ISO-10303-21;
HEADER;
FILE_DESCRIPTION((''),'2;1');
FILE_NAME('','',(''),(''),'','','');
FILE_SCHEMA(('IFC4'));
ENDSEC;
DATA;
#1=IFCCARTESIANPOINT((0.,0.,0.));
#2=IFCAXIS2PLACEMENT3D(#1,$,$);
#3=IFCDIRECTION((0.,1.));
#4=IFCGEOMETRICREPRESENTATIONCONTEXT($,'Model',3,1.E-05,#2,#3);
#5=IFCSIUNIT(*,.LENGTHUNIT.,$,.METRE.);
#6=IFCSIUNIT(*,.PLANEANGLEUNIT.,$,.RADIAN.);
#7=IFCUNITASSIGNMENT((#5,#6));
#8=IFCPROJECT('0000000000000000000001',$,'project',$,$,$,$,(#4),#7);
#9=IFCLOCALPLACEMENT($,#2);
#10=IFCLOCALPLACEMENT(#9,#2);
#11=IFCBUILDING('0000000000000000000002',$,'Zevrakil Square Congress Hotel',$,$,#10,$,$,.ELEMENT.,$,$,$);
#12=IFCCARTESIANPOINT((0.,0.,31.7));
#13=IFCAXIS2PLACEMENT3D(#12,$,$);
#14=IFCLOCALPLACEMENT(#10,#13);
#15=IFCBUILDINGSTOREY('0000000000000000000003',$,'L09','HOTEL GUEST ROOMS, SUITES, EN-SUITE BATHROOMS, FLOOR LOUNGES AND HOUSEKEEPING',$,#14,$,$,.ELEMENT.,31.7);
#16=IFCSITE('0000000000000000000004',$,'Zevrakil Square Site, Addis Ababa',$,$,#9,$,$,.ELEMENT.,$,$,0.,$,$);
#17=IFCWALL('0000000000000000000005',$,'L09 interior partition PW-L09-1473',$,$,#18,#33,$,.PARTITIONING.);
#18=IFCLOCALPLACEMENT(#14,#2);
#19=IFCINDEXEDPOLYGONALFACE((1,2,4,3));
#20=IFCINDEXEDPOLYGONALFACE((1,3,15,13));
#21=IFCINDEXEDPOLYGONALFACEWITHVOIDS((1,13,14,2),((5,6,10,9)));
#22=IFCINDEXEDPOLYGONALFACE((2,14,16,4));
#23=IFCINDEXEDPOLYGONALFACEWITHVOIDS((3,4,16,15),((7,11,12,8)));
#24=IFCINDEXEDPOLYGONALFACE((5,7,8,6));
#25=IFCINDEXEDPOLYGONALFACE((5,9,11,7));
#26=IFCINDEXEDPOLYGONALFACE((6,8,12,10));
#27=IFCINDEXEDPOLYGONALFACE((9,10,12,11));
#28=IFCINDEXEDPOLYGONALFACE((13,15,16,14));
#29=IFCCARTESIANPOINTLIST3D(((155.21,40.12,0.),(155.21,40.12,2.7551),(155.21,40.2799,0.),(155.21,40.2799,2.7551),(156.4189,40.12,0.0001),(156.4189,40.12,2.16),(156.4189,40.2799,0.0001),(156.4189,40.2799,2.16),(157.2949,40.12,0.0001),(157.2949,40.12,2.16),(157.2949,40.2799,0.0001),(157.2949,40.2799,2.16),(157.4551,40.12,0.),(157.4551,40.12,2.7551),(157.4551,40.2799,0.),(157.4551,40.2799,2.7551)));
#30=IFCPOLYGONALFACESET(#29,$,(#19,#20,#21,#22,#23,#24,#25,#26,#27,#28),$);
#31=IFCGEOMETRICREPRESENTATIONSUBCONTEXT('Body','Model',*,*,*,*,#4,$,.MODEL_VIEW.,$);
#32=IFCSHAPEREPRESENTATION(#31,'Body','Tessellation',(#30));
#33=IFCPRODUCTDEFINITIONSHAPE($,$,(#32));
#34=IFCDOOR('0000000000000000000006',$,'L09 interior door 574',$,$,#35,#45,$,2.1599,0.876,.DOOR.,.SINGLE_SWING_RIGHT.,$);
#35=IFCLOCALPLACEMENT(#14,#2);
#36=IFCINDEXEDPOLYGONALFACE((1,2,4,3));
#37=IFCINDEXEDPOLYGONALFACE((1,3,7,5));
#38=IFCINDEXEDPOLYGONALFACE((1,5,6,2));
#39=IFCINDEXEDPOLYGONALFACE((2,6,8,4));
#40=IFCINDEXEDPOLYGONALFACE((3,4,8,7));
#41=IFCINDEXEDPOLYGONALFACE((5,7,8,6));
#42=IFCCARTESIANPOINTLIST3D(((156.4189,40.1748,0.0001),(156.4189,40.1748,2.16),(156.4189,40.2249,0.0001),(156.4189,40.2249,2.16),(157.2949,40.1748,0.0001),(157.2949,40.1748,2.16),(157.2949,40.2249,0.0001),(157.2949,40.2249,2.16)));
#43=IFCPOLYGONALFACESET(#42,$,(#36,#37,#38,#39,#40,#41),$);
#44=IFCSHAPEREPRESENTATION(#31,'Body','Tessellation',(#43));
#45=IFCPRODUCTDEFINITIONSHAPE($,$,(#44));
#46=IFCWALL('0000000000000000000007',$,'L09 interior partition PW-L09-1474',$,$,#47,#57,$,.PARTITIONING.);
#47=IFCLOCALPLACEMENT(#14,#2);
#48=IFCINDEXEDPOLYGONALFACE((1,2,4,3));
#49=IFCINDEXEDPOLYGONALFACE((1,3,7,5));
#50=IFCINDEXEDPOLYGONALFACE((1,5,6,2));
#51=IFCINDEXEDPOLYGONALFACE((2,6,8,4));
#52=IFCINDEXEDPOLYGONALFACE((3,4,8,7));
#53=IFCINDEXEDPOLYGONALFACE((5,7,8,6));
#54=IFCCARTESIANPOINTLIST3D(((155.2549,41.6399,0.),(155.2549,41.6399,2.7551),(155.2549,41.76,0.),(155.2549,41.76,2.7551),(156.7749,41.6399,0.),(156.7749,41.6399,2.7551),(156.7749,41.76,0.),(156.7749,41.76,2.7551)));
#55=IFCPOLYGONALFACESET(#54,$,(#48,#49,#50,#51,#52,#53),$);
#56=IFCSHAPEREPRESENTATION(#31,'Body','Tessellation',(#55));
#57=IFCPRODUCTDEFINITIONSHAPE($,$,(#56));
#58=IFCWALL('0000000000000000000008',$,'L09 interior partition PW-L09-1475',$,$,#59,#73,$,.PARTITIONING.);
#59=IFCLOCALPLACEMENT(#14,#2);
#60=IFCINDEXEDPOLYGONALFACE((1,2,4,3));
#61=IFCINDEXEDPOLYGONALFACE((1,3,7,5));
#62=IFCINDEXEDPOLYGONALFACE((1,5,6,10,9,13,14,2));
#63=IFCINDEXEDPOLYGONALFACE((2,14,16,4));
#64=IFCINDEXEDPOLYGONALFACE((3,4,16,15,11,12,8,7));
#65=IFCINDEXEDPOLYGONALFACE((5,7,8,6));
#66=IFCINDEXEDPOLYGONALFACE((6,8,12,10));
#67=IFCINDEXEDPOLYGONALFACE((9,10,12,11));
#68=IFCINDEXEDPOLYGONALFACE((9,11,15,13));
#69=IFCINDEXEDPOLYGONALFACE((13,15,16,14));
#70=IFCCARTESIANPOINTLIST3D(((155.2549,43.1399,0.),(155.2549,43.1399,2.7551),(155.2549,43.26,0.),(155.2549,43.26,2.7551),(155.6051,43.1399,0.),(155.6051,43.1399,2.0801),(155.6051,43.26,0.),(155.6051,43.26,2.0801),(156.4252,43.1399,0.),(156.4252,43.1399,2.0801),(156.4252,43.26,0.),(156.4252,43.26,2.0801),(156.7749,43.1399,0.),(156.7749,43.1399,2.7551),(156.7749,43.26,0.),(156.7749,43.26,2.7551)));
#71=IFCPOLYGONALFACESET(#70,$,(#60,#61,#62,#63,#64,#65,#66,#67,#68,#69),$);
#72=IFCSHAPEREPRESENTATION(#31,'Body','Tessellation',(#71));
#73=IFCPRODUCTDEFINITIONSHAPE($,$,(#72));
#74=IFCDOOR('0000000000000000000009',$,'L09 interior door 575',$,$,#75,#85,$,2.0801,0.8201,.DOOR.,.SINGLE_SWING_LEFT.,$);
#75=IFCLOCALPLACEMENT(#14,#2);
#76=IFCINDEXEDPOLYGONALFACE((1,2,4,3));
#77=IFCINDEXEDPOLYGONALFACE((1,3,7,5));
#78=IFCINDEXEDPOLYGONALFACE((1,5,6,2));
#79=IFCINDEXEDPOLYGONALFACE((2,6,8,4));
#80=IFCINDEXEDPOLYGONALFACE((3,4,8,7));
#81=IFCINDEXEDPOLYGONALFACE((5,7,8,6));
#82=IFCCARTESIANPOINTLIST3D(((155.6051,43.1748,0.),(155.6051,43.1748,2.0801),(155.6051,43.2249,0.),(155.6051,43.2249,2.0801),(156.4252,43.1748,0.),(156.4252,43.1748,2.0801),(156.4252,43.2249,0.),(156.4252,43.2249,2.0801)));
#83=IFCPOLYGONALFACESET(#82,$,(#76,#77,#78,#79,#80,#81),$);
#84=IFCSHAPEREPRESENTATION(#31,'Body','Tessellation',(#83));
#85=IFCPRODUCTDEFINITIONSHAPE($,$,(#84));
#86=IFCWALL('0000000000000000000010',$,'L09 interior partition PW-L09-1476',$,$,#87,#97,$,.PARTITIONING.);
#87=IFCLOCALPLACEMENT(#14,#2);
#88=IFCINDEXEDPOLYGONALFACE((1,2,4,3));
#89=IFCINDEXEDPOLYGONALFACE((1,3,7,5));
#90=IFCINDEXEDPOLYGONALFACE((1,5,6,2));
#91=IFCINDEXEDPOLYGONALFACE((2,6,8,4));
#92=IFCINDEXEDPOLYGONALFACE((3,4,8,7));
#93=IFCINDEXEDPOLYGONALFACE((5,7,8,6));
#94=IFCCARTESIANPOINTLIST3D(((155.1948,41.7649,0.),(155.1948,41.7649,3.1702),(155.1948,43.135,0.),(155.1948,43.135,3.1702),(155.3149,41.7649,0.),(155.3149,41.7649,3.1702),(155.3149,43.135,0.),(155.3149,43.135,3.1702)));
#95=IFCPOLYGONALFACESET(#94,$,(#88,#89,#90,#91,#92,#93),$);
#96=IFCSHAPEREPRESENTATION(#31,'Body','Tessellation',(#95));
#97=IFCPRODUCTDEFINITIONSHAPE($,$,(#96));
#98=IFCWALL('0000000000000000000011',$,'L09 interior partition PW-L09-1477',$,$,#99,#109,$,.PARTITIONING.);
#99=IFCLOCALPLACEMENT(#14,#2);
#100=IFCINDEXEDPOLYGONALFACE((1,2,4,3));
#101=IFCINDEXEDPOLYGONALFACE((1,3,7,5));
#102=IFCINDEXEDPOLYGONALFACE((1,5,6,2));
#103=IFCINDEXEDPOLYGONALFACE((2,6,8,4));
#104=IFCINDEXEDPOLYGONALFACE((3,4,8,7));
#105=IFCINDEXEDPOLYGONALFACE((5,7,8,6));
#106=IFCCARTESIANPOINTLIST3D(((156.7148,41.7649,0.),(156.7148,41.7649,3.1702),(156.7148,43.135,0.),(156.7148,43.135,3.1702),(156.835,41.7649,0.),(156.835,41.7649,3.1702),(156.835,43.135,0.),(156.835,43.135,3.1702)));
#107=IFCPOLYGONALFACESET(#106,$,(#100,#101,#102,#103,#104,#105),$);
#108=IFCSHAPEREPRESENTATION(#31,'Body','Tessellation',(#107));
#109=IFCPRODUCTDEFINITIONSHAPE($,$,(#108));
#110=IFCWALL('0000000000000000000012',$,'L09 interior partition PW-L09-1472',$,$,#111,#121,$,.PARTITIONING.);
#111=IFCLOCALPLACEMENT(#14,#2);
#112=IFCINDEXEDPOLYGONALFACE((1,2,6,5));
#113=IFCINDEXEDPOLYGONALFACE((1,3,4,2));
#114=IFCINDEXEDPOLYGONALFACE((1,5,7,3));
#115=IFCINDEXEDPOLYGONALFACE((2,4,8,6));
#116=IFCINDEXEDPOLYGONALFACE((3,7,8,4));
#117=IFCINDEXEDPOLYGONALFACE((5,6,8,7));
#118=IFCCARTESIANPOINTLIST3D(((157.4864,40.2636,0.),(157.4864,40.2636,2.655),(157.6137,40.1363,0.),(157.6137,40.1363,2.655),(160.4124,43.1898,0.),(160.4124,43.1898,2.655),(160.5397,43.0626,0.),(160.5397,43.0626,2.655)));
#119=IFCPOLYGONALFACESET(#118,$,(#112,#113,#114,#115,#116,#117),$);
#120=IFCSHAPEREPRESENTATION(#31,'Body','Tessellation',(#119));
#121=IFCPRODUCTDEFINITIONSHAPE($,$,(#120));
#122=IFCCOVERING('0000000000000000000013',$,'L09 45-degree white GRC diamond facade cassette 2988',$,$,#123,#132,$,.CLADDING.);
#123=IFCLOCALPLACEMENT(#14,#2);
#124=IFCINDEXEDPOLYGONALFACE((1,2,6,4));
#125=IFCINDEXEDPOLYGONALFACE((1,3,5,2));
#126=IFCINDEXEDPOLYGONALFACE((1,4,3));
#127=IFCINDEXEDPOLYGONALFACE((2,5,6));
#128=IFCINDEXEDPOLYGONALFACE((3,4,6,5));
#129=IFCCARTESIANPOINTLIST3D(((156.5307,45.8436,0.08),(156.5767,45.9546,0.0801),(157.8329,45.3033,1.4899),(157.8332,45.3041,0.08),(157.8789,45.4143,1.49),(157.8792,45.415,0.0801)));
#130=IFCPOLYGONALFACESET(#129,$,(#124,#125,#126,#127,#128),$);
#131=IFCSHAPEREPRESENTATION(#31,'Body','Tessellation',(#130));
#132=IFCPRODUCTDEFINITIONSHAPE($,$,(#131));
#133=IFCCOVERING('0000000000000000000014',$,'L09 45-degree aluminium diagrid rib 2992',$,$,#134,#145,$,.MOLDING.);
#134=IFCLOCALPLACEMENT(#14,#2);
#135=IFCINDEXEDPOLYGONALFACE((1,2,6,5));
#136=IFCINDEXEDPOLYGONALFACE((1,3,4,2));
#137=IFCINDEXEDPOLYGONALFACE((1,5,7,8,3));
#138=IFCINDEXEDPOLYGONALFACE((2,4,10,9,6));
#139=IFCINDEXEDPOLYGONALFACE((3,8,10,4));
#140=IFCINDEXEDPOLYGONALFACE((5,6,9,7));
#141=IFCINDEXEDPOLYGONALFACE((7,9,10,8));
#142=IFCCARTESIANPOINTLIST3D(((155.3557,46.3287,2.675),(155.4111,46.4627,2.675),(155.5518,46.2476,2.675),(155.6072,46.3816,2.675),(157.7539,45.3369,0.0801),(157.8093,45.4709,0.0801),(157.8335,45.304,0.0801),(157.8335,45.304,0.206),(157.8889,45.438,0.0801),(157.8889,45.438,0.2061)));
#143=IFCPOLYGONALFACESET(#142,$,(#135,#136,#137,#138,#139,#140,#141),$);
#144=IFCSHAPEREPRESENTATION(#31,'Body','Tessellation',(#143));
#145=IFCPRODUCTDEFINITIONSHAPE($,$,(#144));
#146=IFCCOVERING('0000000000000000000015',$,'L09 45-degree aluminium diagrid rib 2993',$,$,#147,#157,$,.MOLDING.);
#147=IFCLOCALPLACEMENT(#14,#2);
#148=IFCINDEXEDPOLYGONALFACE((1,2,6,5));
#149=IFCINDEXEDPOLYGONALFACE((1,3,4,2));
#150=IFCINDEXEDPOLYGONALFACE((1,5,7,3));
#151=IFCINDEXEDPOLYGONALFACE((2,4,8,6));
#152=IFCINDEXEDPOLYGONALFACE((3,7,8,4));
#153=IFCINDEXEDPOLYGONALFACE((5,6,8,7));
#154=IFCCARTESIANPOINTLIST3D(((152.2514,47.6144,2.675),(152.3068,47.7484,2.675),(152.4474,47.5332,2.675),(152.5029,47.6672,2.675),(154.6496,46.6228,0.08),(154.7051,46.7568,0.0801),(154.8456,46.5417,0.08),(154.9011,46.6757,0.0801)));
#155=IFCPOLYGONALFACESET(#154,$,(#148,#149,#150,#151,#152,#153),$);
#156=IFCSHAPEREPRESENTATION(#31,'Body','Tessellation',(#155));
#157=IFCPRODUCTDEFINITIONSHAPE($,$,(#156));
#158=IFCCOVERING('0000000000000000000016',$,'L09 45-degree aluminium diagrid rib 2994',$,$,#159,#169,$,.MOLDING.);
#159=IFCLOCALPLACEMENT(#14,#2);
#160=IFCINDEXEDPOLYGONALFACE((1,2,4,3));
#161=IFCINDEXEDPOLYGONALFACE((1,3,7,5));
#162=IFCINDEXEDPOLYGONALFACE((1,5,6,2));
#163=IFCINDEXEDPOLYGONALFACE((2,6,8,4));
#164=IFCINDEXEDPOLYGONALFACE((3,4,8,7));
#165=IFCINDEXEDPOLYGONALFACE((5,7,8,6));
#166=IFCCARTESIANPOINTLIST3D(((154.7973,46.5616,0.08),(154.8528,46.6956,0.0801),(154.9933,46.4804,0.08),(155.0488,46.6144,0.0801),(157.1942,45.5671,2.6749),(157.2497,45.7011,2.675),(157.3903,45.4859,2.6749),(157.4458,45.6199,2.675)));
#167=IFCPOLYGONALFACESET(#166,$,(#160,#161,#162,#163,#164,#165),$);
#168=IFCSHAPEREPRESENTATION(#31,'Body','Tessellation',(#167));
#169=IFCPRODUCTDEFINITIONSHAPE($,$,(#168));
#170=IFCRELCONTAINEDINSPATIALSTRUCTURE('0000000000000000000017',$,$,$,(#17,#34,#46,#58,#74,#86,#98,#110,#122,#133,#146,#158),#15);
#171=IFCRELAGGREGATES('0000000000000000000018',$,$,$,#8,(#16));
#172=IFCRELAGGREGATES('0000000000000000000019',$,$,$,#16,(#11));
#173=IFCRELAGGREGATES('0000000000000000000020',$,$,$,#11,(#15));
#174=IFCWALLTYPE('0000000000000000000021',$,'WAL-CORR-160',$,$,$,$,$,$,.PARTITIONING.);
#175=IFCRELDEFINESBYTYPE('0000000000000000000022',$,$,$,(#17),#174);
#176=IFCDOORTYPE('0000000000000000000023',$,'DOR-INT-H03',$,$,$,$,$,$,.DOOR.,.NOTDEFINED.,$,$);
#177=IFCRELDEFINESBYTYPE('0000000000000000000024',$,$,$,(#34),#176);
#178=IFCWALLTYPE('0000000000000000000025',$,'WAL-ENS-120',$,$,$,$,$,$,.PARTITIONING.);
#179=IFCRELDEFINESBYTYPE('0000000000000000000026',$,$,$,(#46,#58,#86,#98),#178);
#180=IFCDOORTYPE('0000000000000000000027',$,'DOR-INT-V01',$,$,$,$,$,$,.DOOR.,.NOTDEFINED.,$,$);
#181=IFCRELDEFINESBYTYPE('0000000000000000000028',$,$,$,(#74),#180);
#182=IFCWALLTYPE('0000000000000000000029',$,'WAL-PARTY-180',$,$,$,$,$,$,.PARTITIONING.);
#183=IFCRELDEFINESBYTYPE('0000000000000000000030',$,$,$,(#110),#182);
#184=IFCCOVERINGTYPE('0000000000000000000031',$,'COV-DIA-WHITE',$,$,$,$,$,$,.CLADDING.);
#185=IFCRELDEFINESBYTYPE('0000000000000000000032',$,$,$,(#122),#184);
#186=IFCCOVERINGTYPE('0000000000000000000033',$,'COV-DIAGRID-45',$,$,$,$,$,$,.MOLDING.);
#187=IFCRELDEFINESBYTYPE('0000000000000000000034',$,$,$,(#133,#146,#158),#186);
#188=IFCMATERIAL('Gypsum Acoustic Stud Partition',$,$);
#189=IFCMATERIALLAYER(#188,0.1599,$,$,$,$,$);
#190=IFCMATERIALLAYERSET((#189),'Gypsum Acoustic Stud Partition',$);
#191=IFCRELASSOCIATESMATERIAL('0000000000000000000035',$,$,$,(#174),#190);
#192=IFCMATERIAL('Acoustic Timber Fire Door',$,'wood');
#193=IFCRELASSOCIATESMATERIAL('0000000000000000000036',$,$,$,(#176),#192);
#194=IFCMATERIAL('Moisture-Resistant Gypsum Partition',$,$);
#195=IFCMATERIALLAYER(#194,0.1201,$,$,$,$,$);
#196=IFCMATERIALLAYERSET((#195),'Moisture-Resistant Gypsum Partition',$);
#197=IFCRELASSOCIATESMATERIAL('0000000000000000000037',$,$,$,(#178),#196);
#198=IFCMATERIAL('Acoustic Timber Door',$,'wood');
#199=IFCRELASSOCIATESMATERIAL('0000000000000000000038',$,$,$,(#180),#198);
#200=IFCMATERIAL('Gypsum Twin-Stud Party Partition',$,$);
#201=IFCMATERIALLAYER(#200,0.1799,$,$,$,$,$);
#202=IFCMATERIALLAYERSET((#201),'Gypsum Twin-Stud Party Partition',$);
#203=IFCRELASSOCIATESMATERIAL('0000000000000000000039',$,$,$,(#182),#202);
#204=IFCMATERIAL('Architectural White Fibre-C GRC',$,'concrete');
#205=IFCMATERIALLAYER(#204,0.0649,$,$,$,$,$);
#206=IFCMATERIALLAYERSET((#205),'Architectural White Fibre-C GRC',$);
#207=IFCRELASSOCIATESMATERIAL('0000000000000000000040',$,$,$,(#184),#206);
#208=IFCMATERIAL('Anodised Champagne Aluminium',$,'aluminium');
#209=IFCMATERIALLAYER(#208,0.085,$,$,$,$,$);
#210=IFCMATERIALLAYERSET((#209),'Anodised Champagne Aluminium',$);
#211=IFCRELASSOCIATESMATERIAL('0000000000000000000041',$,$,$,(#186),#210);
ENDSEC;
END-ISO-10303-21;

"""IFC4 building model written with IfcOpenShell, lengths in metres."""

from ifc_helpers import new_model, si_unit, direction, frame, frame_2d, origin, place, context, subcontext, project, spatial, polyline, rectangle, outline, extrude, material, layer, layer_set, type_object, element, fill, save


model = new_model("IFC4")

# Units and contexts
model_context = context("Model", 3, precision=1e-05, world=origin(), true_north=direction((0.0, 1.0)))
body_context = subcontext(model_context, "Body", "Model", "MODEL_VIEW")
ifc_project = project(units=[si_unit("LENGTHUNIT", "METRE"), si_unit("PLANEANGLEUNIT", "RADIAN")], contexts=[model_context])

# Site, building, storey
site_placement = place(None, origin())
site = spatial("IfcSite", under=ifc_project, at=site_placement, Name="Zevrakil Square Site, Addis Ababa", CompositionType="ELEMENT", RefElevation=0.0)
building_placement = place(site_placement, origin())
building = spatial("IfcBuilding", under=site, at=building_placement, Name="Zevrakil Square Congress Hotel", CompositionType="ELEMENT")
storey_placement = place(building_placement, frame((0.0, 0.0, 31.7)))
storey = spatial("IfcBuildingStorey", under=building, at=storey_placement, Name="L09", Description="HOTEL GUEST ROOMS, SUITES, EN-SUITE BATHROOMS, FLOOR LOUNGES AND HOUSEKEEPING", CompositionType="ELEMENT", Elevation=31.7)

# Wall, opening, door
ifc_material_1 = material(Name="Gypsum Acoustic Stud Partition")
ifc_layer_1 = layer(ifc_material_1, 0.1599)
ifc_layer_set_1 = layer_set([ifc_layer_1], Name="Gypsum Acoustic Stud Partition")
wall_type_1 = type_object("IfcWallType", Name="WAL-CORR-160", PredefinedType="PARTITIONING", material=ifc_layer_set_1)
wall_1_placement = place(storey_placement, frame((155.21, 40.2, 0.0), z_axis=(0.0, 0.0, 1.0), x_axis=(1.0, 0.0, 0.0)))
wall_1 = element("IfcWall", 1, at=wall_1_placement, inside=storey, type_object=wall_type_1, Name="L09 interior partition PW-L09-1473", PredefinedType="PARTITIONING", context=body_context, shape_type="SweptSolid", body=[
    extrude(rectangle(XDim=2.2451, YDim=0.1599, at=frame_2d((1.1226, 0.0))), origin(), (0.0, 0.0, 1.0), 2.7551),
])
opening_1_placement = place(wall_1_placement, frame((1.209, 0.0, 0.0)))
opening_1 = element("IfcOpeningElement", 2, at=opening_1_placement, cuts=wall_1, PredefinedType="OPENING", context=body_context, shape_type="SweptSolid", body=[
    extrude(rectangle(XDim=0.876, YDim=2.1599, at=frame_2d((0.438, 1.0801))), frame((0.0, 0.0898, 0.0), z_axis=(0.0, -1.0, 0.0), x_axis=(1.0, 0.0, 0.0)), (0.0, 0.0, 1.0), 0.1799),
])
ifc_material_2 = material(Name="Acoustic Timber Fire Door", Category="wood")
door_type_1 = type_object("IfcDoorType", Name="DOR-INT-H03", OperationType="NOTDEFINED", PredefinedType="DOOR", material=ifc_material_2)
door_1_placement = place(opening_1_placement, origin())
door_1 = element("IfcDoor", 3, at=door_1_placement, inside=storey, type_object=door_type_1, Name="L09 interior door 574", OperationType="SINGLE_SWING_RIGHT", OverallHeight=2.1599, OverallWidth=0.876, PredefinedType="DOOR", context=body_context, shape_type="SweptSolid", body=[
    extrude(rectangle(XDim=0.876, YDim=2.1599, at=frame_2d((0.438, 1.0801))), frame((0.0, 0.0249, 0.0), z_axis=(0.0, -1.0, 0.0), x_axis=(1.0, 0.0, 0.0)), (0.0, 0.0, 1.0), 0.05),
])
fill(opening_1, door_1)

# Wall
ifc_material_3 = material(Name="Moisture-Resistant Gypsum Partition")
ifc_layer_2 = layer(ifc_material_3, 0.1201)
ifc_layer_set_2 = layer_set([ifc_layer_2], Name="Moisture-Resistant Gypsum Partition")
wall_type_2 = type_object("IfcWallType", Name="WAL-ENS-120", PredefinedType="PARTITIONING", material=ifc_layer_set_2)
wall_2_placement = place(storey_placement, frame((155.2549, 41.7, 0.0), z_axis=(0.0, 0.0, 1.0), x_axis=(1.0, 0.0, 0.0)))
element("IfcWall", 4, at=wall_2_placement, inside=storey, type_object=wall_type_2, Name="L09 interior partition PW-L09-1474", PredefinedType="PARTITIONING", context=body_context, shape_type="SweptSolid", body=[
    extrude(rectangle(XDim=1.52, YDim=0.1201, at=frame_2d((0.76, 0.0))), origin(), (0.0, 0.0, 1.0), 2.7551),
])

# Wall, opening, door
wall_3_placement = place(storey_placement, frame((155.2549, 43.2, 0.0), z_axis=(0.0, 0.0, 1.0), x_axis=(1.0, 0.0, 0.0)))
wall_3 = element("IfcWall", 5, at=wall_3_placement, inside=storey, type_object=wall_type_2, Name="L09 interior partition PW-L09-1475", PredefinedType="PARTITIONING", context=body_context, shape_type="SweptSolid", body=[
    extrude(rectangle(XDim=1.52, YDim=0.1201, at=frame_2d((0.76, 0.0))), origin(), (0.0, 0.0, 1.0), 2.7551),
])
opening_2_placement = place(wall_3_placement, frame((0.3501, 0.0, 0.0)))
opening_2 = element("IfcOpeningElement", 6, at=opening_2_placement, cuts=wall_3, PredefinedType="OPENING", context=body_context, shape_type="SweptSolid", body=[
    extrude(rectangle(XDim=0.8201, YDim=2.0801, at=frame_2d((0.4102, 1.04))), frame((0.0, 0.0701, 0.0), z_axis=(0.0, -1.0, 0.0), x_axis=(1.0, 0.0, 0.0)), (0.0, 0.0, 1.0), 0.1401),
])
ifc_material_4 = material(Name="Acoustic Timber Door", Category="wood")
door_type_2 = type_object("IfcDoorType", Name="DOR-INT-V01", OperationType="NOTDEFINED", PredefinedType="DOOR", material=ifc_material_4)
door_2_placement = place(opening_2_placement, origin())
door_2 = element("IfcDoor", 7, at=door_2_placement, inside=storey, type_object=door_type_2, Name="L09 interior door 575", OperationType="SINGLE_SWING_LEFT", OverallHeight=2.0801, OverallWidth=0.8201, PredefinedType="DOOR", context=body_context, shape_type="SweptSolid", body=[
    extrude(rectangle(XDim=0.8201, YDim=2.0801, at=frame_2d((0.4102, 1.04))), frame((0.0, 0.0249, 0.0), z_axis=(0.0, -1.0, 0.0), x_axis=(1.0, 0.0, 0.0)), (0.0, 0.0, 1.0), 0.05),
])
fill(opening_2, door_2)

# Walls
for number, where, z_axis, x_axis, name in (
    (8, (155.2549, 41.7649, 0.0), (0.0, 0.0, 1.0), (0.0, 1.0, 0.0), "L09 interior partition PW-L09-1476"),
    (9, (156.7749, 41.7649, 0.0), (0.0, 0.0, 1.0), (0.0, 1.0, 0.0), "L09 interior partition PW-L09-1477"),
):
    element("IfcWall", number, at=place(storey_placement, frame(where, z_axis=z_axis, x_axis=x_axis)), inside=storey, type_object=wall_type_2, Name=name, PredefinedType="PARTITIONING", context=body_context, shape_type="SweptSolid", body=[
        extrude(rectangle(XDim=1.3701, YDim=0.1201, at=frame_2d((0.6851, 0.0))), origin(), (0.0, 0.0, 1.0), 3.1702),
    ])
ifc_material_5 = material(Name="Gypsum Twin-Stud Party Partition")
ifc_layer_3 = layer(ifc_material_5, 0.1799)
ifc_layer_set_3 = layer_set([ifc_layer_3], Name="Gypsum Twin-Stud Party Partition")
wall_type_3 = type_object("IfcWallType", Name="WAL-PARTY-180", PredefinedType="PARTITIONING", material=ifc_layer_set_3)
wall_4_placement = place(storey_placement, frame((157.55, 40.2, 0.0), z_axis=(0.0, 0.0, 1.0), x_axis=(0.707077, 0.707136, 0.0)))
element("IfcWall", 10, at=wall_4_placement, inside=storey, type_object=wall_type_3, Name="L09 interior partition PW-L09-1472", PredefinedType="PARTITIONING", context=body_context, shape_type="SweptSolid", body=[
    extrude(rectangle(XDim=4.1382, YDim=0.1799, at=frame_2d((2.0691, 0.0))), origin(), (0.0, 0.0, 1.0), 2.655),
])

# Coverings
ifc_material_6 = material(Name="Architectural White Fibre-C GRC", Category="concrete")
ifc_layer_4 = layer(ifc_material_6, 0.0649)
ifc_layer_set_4 = layer_set([ifc_layer_4], Name="Architectural White Fibre-C GRC")
covering_type_1 = type_object("IfcCoveringType", Name="COV-DIA-WHITE", PredefinedType="CLADDING", material=ifc_layer_set_4)
covering_1_placement = place(storey_placement, frame((156.5767, 45.9546, 0.0801), z_axis=(0.382709, 0.923869, 0.000546), x_axis=(0.923869, -0.382709, 0.0)))
element("IfcCovering", 11, at=covering_1_placement, inside=storey, type_object=covering_type_1, Name="L09 45-degree white GRC diamond facade cassette 2988", PredefinedType="CLADDING", context=body_context, shape_type="SweptSolid", body=[
    extrude(outline(polyline([(0.0, 0.0), (1.4098, 0.0), (1.4099, -1.4099), (0.0, 0.0)])), origin(), (0.0, 0.0, -1.0), 0.1201),
])
ifc_material_7 = material(Name="Anodised Champagne Aluminium", Category="aluminium")
ifc_layer_5 = layer(ifc_material_7, 0.085)
ifc_layer_set_5 = layer_set([ifc_layer_5], Name="Anodised Champagne Aluminium")
covering_type_2 = type_object("IfcCoveringType", Name="COV-DIAGRID-45", PredefinedType="MOLDING", material=ifc_layer_set_5)
covering_2_placement = place(storey_placement, frame((157.8093, 45.4709, 0.0801), z_axis=(0.38221, 0.924076, 0.000064), x_axis=(0.924076, -0.38221, 0.0)))
element("IfcCovering", 12, at=covering_2_placement, inside=storey, type_object=covering_type_2, Name="L09 45-degree aluminium diagrid rib 2992", PredefinedType="MOLDING", context=body_context, shape_type="SweptSolid", body=[
    extrude(outline(polyline([(0.0, 0.0), (0.0861, 0.0), (0.0861, -0.126), (-2.383, -2.595), (-2.5951, -2.595), (0.0, 0.0)])), origin(), (0.0, 0.0, -1.0), 0.145),
])
covering_3_placement = place(storey_placement, frame((154.7051, 46.7568, 0.0801), z_axis=(0.382572, 0.923926, 0.000516), x_axis=(0.923926, -0.382572, 0.0)))
element("IfcCovering", 13, at=covering_3_placement, inside=storey, type_object=covering_type_2, Name="L09 45-degree aluminium diagrid rib 2993", PredefinedType="MOLDING", context=body_context, shape_type="SweptSolid", body=[
    extrude(outline(polyline([(0.0, 0.0), (0.2121, 0.0), (-2.3829, -2.595), (-2.5951, -2.595), (0.0, 0.0)])), origin(), (0.0, 0.0, -1.0), 0.145),
])
covering_4_placement = place(storey_placement, frame((157.4458, 45.6199, 2.675), z_axis=(0.382572, 0.923925, 0.000707), x_axis=(-0.923926, 0.382572, 0.0)))
element("IfcCovering", 14, at=covering_4_placement, inside=storey, type_object=covering_type_2, Name="L09 45-degree aluminium diagrid rib 2994", PredefinedType="MOLDING", context=body_context, shape_type="SweptSolid", body=[
    extrude(outline(polyline([(0.0, 0.0), (0.2122, 0.0), (2.8073, -2.595), (2.5951, -2.595), (0.0, 0.0)])), origin(), (0.0, 0.0, -1.0), 0.145),
])

save(model, "model.ifc")
